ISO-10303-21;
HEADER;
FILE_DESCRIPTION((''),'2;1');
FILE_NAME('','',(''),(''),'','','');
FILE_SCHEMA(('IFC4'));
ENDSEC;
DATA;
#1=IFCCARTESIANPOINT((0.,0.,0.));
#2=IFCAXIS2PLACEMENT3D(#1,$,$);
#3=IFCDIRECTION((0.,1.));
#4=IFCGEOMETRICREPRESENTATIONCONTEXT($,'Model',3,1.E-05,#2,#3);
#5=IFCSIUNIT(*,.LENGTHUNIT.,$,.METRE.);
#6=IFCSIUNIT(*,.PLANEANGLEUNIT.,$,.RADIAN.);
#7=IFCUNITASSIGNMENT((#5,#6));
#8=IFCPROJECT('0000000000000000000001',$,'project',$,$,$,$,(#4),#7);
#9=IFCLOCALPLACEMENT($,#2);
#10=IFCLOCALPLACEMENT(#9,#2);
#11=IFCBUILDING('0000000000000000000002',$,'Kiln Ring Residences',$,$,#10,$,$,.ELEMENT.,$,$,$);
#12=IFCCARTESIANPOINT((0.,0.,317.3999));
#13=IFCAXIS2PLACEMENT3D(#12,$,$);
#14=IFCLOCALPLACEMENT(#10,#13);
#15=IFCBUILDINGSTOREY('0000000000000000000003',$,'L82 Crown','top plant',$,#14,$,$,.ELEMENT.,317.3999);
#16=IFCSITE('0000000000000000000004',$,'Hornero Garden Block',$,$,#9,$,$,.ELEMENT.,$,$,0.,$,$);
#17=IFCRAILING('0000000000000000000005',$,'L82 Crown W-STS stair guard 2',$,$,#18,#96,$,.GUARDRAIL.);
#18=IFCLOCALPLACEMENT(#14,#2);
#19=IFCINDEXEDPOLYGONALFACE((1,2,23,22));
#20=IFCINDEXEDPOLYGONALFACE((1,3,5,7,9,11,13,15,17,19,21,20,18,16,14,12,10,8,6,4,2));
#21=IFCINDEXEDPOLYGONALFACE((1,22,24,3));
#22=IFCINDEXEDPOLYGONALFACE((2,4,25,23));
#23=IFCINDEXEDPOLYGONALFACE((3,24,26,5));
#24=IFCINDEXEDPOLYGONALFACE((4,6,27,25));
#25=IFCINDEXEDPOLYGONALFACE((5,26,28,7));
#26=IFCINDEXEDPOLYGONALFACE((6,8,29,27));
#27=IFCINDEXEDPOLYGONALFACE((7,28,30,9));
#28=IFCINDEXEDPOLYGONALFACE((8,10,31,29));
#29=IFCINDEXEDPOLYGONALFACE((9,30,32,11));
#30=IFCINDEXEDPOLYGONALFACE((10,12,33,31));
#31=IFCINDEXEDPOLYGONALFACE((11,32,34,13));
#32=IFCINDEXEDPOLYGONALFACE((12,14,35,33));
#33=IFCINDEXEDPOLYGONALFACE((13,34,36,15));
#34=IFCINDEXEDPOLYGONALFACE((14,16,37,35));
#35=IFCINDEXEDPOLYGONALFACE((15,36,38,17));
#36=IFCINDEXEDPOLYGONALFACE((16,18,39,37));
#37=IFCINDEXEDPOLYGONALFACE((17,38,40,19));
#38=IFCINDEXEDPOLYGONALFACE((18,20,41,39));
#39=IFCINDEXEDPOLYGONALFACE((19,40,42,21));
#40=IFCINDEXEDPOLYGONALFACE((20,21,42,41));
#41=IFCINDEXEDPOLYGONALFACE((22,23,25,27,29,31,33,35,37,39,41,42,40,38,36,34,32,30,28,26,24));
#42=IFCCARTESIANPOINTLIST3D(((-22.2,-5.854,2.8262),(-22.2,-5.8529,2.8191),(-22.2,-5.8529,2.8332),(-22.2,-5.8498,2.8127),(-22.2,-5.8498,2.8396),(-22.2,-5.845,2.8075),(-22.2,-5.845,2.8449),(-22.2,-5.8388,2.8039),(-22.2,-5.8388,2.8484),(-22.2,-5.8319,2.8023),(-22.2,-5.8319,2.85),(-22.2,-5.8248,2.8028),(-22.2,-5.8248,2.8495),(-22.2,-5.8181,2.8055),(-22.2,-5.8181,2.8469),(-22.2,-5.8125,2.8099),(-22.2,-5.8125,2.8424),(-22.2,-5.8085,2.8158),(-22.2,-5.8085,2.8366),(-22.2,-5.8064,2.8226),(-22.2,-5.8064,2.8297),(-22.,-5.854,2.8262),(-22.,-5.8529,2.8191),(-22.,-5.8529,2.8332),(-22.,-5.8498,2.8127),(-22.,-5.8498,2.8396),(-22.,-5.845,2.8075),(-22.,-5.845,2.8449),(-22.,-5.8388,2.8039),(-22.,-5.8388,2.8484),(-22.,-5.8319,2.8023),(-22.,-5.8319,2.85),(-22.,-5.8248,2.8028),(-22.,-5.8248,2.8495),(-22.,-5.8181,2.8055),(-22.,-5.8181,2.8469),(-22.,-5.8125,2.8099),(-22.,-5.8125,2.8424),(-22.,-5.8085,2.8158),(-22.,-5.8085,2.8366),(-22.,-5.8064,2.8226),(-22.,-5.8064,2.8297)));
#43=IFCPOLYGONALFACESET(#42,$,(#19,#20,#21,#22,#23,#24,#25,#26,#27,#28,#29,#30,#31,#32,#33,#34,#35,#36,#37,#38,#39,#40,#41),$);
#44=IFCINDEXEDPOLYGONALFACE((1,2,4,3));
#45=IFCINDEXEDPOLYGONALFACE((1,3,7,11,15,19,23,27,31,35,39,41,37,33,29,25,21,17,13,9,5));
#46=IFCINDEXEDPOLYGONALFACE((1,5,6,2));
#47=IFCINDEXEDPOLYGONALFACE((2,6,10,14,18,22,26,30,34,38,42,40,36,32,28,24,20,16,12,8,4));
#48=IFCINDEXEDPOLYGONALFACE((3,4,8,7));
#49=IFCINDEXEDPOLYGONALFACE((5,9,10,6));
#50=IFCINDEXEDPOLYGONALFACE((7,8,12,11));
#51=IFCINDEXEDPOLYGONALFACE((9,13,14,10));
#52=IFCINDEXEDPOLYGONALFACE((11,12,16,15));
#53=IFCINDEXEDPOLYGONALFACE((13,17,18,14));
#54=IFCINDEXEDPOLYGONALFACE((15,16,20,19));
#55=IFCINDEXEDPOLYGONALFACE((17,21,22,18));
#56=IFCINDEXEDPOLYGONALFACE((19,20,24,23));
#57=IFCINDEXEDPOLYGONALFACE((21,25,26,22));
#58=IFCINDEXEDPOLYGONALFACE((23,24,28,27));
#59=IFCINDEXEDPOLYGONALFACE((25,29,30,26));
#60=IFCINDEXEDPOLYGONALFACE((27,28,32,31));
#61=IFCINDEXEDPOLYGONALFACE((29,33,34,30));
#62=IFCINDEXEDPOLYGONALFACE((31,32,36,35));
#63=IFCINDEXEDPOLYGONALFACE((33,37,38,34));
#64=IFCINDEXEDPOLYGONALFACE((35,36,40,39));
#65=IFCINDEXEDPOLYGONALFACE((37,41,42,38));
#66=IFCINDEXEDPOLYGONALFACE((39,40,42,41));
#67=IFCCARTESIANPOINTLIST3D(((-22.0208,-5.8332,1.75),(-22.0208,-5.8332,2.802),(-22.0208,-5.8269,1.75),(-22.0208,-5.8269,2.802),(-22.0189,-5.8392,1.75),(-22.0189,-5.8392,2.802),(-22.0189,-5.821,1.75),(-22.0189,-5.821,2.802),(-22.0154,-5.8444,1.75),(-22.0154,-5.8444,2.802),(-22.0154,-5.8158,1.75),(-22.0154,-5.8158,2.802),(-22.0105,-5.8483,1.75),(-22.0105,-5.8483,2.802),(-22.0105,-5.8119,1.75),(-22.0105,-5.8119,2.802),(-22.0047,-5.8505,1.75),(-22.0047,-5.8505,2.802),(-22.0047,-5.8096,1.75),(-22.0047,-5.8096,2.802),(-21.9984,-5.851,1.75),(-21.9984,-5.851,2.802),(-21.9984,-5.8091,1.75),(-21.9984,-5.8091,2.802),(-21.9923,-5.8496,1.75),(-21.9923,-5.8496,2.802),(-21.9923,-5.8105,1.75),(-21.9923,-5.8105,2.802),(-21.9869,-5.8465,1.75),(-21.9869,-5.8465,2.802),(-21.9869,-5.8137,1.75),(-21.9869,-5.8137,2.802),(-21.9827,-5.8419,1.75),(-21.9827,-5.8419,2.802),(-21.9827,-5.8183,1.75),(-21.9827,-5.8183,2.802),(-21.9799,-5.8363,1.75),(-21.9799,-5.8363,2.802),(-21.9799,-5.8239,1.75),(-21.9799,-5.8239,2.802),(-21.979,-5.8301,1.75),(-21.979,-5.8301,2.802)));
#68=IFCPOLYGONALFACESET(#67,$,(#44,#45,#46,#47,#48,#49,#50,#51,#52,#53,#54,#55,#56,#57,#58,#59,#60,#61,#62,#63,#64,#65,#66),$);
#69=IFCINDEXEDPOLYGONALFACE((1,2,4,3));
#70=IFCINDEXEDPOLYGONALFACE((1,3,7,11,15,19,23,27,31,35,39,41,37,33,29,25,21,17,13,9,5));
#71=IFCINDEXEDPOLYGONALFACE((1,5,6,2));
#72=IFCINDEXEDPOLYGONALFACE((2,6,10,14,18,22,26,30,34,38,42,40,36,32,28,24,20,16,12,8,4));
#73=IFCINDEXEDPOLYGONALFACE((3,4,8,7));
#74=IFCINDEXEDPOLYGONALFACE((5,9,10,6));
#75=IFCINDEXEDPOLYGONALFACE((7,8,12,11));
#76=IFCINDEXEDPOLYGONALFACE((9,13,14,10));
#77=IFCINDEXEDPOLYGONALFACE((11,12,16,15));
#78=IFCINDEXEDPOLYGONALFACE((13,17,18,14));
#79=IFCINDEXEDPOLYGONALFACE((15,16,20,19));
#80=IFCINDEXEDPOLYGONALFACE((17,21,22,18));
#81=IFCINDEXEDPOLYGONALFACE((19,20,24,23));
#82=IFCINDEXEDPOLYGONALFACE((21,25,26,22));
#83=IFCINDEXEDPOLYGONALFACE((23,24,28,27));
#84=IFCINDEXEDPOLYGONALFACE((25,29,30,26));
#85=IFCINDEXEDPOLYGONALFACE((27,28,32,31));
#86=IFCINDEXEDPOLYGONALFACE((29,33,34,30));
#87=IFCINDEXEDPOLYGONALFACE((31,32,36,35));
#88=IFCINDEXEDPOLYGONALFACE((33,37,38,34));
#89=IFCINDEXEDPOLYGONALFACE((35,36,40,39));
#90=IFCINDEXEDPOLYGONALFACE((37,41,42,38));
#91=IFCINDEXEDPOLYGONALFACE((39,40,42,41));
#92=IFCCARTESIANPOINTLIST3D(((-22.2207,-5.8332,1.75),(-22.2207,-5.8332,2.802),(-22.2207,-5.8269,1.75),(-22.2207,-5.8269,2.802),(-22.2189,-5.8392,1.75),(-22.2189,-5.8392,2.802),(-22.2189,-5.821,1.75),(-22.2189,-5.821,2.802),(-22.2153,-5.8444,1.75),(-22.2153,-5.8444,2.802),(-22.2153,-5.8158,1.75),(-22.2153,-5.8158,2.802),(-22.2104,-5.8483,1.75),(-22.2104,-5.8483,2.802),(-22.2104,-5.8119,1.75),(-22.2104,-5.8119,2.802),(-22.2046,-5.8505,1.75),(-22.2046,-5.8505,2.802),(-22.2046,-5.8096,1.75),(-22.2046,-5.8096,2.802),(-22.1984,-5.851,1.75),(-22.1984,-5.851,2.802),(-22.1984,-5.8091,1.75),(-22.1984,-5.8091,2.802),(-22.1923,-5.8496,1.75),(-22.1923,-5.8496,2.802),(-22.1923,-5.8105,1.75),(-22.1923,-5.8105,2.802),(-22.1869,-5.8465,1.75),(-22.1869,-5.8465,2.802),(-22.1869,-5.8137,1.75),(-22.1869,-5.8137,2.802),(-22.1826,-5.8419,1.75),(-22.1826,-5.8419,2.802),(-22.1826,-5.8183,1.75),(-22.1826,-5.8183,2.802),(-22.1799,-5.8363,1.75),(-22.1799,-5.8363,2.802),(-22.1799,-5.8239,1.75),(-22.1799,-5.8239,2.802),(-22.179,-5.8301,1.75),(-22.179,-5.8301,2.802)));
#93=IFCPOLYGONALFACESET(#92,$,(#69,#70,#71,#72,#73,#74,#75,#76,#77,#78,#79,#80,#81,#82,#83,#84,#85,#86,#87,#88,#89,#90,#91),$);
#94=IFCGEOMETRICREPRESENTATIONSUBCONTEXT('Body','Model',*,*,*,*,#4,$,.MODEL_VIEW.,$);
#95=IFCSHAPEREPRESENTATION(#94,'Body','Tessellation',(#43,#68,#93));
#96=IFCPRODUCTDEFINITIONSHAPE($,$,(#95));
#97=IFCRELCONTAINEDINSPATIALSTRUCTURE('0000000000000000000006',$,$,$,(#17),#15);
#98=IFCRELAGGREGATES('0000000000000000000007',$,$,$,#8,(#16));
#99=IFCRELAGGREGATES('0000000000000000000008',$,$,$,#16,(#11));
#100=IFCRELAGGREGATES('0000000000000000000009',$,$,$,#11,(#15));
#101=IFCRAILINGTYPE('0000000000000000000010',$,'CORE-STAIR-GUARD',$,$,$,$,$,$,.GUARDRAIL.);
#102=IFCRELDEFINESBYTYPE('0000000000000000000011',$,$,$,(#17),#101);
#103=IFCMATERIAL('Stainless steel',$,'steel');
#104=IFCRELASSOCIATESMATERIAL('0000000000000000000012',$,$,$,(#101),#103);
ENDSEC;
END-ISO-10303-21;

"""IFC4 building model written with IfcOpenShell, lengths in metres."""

from ifc_helpers import new_model, si_unit, direction, frame, origin, origin_2d, place, context, subcontext, project, spatial, circle, extrude, material, type_object, element, save


model = new_model("IFC4")

# Units and contexts
model_context = context("Model", 3, precision=1e-05, world=origin(), true_north=direction((0.0, 1.0)))
body_context = subcontext(model_context, "Body", "Model", "MODEL_VIEW")
ifc_project = project(units=[si_unit("LENGTHUNIT", "METRE"), si_unit("PLANEANGLEUNIT", "RADIAN")], contexts=[model_context])

# Site, building, storey
site_placement = place(None, origin())
site = spatial("IfcSite", under=ifc_project, at=site_placement, Name="Hornero Garden Block", CompositionType="ELEMENT", RefElevation=0.0)
building_placement = place(site_placement, origin())
building = spatial("IfcBuilding", under=site, at=building_placement, Name="Kiln Ring Residences", CompositionType="ELEMENT")
storey_placement = place(building_placement, frame((0.0, 0.0, 317.3999)))
storey = spatial("IfcBuildingStorey", under=building, at=storey_placement, Name="L82 Crown", Description="top plant", CompositionType="ELEMENT", Elevation=317.3999)

# Railing
ifc_material_1 = material(Name="Stainless steel", Category="steel")
railing_type_1 = type_object("IfcRailingType", Name="CORE-STAIR-GUARD", PredefinedType="GUARDRAIL", material=ifc_material_1)
railing_1_placement = place(storey_placement, frame((-22.0, -5.8301, 1.75)))
element("IfcRailing", 1, at=railing_1_placement, inside=storey, type_object=railing_type_1, Name="L82 Crown W-STS stair guard 2", PredefinedType="GUARDRAIL", context=body_context, shape_type="SweptSolid", body=[
    extrude(circle(Radius=0.0239, at=origin_2d()), frame((0.0, 0.0, 1.0762), z_axis=(-1.0, 0.0, 0.0), x_axis=(0.0, -1.0, 0.0)), (0.0, 0.0, 1.0), 0.2),
    extrude(circle(Radius=0.021, at=origin_2d()), origin(), (0.0, 0.0, 1.0), 1.052),
    extrude(circle(Radius=0.021, at=origin_2d()), frame((-0.2, 0.0, 0.0)), (0.0, 0.0, 1.0), 1.052),
])

save(model, "model.ifc")
